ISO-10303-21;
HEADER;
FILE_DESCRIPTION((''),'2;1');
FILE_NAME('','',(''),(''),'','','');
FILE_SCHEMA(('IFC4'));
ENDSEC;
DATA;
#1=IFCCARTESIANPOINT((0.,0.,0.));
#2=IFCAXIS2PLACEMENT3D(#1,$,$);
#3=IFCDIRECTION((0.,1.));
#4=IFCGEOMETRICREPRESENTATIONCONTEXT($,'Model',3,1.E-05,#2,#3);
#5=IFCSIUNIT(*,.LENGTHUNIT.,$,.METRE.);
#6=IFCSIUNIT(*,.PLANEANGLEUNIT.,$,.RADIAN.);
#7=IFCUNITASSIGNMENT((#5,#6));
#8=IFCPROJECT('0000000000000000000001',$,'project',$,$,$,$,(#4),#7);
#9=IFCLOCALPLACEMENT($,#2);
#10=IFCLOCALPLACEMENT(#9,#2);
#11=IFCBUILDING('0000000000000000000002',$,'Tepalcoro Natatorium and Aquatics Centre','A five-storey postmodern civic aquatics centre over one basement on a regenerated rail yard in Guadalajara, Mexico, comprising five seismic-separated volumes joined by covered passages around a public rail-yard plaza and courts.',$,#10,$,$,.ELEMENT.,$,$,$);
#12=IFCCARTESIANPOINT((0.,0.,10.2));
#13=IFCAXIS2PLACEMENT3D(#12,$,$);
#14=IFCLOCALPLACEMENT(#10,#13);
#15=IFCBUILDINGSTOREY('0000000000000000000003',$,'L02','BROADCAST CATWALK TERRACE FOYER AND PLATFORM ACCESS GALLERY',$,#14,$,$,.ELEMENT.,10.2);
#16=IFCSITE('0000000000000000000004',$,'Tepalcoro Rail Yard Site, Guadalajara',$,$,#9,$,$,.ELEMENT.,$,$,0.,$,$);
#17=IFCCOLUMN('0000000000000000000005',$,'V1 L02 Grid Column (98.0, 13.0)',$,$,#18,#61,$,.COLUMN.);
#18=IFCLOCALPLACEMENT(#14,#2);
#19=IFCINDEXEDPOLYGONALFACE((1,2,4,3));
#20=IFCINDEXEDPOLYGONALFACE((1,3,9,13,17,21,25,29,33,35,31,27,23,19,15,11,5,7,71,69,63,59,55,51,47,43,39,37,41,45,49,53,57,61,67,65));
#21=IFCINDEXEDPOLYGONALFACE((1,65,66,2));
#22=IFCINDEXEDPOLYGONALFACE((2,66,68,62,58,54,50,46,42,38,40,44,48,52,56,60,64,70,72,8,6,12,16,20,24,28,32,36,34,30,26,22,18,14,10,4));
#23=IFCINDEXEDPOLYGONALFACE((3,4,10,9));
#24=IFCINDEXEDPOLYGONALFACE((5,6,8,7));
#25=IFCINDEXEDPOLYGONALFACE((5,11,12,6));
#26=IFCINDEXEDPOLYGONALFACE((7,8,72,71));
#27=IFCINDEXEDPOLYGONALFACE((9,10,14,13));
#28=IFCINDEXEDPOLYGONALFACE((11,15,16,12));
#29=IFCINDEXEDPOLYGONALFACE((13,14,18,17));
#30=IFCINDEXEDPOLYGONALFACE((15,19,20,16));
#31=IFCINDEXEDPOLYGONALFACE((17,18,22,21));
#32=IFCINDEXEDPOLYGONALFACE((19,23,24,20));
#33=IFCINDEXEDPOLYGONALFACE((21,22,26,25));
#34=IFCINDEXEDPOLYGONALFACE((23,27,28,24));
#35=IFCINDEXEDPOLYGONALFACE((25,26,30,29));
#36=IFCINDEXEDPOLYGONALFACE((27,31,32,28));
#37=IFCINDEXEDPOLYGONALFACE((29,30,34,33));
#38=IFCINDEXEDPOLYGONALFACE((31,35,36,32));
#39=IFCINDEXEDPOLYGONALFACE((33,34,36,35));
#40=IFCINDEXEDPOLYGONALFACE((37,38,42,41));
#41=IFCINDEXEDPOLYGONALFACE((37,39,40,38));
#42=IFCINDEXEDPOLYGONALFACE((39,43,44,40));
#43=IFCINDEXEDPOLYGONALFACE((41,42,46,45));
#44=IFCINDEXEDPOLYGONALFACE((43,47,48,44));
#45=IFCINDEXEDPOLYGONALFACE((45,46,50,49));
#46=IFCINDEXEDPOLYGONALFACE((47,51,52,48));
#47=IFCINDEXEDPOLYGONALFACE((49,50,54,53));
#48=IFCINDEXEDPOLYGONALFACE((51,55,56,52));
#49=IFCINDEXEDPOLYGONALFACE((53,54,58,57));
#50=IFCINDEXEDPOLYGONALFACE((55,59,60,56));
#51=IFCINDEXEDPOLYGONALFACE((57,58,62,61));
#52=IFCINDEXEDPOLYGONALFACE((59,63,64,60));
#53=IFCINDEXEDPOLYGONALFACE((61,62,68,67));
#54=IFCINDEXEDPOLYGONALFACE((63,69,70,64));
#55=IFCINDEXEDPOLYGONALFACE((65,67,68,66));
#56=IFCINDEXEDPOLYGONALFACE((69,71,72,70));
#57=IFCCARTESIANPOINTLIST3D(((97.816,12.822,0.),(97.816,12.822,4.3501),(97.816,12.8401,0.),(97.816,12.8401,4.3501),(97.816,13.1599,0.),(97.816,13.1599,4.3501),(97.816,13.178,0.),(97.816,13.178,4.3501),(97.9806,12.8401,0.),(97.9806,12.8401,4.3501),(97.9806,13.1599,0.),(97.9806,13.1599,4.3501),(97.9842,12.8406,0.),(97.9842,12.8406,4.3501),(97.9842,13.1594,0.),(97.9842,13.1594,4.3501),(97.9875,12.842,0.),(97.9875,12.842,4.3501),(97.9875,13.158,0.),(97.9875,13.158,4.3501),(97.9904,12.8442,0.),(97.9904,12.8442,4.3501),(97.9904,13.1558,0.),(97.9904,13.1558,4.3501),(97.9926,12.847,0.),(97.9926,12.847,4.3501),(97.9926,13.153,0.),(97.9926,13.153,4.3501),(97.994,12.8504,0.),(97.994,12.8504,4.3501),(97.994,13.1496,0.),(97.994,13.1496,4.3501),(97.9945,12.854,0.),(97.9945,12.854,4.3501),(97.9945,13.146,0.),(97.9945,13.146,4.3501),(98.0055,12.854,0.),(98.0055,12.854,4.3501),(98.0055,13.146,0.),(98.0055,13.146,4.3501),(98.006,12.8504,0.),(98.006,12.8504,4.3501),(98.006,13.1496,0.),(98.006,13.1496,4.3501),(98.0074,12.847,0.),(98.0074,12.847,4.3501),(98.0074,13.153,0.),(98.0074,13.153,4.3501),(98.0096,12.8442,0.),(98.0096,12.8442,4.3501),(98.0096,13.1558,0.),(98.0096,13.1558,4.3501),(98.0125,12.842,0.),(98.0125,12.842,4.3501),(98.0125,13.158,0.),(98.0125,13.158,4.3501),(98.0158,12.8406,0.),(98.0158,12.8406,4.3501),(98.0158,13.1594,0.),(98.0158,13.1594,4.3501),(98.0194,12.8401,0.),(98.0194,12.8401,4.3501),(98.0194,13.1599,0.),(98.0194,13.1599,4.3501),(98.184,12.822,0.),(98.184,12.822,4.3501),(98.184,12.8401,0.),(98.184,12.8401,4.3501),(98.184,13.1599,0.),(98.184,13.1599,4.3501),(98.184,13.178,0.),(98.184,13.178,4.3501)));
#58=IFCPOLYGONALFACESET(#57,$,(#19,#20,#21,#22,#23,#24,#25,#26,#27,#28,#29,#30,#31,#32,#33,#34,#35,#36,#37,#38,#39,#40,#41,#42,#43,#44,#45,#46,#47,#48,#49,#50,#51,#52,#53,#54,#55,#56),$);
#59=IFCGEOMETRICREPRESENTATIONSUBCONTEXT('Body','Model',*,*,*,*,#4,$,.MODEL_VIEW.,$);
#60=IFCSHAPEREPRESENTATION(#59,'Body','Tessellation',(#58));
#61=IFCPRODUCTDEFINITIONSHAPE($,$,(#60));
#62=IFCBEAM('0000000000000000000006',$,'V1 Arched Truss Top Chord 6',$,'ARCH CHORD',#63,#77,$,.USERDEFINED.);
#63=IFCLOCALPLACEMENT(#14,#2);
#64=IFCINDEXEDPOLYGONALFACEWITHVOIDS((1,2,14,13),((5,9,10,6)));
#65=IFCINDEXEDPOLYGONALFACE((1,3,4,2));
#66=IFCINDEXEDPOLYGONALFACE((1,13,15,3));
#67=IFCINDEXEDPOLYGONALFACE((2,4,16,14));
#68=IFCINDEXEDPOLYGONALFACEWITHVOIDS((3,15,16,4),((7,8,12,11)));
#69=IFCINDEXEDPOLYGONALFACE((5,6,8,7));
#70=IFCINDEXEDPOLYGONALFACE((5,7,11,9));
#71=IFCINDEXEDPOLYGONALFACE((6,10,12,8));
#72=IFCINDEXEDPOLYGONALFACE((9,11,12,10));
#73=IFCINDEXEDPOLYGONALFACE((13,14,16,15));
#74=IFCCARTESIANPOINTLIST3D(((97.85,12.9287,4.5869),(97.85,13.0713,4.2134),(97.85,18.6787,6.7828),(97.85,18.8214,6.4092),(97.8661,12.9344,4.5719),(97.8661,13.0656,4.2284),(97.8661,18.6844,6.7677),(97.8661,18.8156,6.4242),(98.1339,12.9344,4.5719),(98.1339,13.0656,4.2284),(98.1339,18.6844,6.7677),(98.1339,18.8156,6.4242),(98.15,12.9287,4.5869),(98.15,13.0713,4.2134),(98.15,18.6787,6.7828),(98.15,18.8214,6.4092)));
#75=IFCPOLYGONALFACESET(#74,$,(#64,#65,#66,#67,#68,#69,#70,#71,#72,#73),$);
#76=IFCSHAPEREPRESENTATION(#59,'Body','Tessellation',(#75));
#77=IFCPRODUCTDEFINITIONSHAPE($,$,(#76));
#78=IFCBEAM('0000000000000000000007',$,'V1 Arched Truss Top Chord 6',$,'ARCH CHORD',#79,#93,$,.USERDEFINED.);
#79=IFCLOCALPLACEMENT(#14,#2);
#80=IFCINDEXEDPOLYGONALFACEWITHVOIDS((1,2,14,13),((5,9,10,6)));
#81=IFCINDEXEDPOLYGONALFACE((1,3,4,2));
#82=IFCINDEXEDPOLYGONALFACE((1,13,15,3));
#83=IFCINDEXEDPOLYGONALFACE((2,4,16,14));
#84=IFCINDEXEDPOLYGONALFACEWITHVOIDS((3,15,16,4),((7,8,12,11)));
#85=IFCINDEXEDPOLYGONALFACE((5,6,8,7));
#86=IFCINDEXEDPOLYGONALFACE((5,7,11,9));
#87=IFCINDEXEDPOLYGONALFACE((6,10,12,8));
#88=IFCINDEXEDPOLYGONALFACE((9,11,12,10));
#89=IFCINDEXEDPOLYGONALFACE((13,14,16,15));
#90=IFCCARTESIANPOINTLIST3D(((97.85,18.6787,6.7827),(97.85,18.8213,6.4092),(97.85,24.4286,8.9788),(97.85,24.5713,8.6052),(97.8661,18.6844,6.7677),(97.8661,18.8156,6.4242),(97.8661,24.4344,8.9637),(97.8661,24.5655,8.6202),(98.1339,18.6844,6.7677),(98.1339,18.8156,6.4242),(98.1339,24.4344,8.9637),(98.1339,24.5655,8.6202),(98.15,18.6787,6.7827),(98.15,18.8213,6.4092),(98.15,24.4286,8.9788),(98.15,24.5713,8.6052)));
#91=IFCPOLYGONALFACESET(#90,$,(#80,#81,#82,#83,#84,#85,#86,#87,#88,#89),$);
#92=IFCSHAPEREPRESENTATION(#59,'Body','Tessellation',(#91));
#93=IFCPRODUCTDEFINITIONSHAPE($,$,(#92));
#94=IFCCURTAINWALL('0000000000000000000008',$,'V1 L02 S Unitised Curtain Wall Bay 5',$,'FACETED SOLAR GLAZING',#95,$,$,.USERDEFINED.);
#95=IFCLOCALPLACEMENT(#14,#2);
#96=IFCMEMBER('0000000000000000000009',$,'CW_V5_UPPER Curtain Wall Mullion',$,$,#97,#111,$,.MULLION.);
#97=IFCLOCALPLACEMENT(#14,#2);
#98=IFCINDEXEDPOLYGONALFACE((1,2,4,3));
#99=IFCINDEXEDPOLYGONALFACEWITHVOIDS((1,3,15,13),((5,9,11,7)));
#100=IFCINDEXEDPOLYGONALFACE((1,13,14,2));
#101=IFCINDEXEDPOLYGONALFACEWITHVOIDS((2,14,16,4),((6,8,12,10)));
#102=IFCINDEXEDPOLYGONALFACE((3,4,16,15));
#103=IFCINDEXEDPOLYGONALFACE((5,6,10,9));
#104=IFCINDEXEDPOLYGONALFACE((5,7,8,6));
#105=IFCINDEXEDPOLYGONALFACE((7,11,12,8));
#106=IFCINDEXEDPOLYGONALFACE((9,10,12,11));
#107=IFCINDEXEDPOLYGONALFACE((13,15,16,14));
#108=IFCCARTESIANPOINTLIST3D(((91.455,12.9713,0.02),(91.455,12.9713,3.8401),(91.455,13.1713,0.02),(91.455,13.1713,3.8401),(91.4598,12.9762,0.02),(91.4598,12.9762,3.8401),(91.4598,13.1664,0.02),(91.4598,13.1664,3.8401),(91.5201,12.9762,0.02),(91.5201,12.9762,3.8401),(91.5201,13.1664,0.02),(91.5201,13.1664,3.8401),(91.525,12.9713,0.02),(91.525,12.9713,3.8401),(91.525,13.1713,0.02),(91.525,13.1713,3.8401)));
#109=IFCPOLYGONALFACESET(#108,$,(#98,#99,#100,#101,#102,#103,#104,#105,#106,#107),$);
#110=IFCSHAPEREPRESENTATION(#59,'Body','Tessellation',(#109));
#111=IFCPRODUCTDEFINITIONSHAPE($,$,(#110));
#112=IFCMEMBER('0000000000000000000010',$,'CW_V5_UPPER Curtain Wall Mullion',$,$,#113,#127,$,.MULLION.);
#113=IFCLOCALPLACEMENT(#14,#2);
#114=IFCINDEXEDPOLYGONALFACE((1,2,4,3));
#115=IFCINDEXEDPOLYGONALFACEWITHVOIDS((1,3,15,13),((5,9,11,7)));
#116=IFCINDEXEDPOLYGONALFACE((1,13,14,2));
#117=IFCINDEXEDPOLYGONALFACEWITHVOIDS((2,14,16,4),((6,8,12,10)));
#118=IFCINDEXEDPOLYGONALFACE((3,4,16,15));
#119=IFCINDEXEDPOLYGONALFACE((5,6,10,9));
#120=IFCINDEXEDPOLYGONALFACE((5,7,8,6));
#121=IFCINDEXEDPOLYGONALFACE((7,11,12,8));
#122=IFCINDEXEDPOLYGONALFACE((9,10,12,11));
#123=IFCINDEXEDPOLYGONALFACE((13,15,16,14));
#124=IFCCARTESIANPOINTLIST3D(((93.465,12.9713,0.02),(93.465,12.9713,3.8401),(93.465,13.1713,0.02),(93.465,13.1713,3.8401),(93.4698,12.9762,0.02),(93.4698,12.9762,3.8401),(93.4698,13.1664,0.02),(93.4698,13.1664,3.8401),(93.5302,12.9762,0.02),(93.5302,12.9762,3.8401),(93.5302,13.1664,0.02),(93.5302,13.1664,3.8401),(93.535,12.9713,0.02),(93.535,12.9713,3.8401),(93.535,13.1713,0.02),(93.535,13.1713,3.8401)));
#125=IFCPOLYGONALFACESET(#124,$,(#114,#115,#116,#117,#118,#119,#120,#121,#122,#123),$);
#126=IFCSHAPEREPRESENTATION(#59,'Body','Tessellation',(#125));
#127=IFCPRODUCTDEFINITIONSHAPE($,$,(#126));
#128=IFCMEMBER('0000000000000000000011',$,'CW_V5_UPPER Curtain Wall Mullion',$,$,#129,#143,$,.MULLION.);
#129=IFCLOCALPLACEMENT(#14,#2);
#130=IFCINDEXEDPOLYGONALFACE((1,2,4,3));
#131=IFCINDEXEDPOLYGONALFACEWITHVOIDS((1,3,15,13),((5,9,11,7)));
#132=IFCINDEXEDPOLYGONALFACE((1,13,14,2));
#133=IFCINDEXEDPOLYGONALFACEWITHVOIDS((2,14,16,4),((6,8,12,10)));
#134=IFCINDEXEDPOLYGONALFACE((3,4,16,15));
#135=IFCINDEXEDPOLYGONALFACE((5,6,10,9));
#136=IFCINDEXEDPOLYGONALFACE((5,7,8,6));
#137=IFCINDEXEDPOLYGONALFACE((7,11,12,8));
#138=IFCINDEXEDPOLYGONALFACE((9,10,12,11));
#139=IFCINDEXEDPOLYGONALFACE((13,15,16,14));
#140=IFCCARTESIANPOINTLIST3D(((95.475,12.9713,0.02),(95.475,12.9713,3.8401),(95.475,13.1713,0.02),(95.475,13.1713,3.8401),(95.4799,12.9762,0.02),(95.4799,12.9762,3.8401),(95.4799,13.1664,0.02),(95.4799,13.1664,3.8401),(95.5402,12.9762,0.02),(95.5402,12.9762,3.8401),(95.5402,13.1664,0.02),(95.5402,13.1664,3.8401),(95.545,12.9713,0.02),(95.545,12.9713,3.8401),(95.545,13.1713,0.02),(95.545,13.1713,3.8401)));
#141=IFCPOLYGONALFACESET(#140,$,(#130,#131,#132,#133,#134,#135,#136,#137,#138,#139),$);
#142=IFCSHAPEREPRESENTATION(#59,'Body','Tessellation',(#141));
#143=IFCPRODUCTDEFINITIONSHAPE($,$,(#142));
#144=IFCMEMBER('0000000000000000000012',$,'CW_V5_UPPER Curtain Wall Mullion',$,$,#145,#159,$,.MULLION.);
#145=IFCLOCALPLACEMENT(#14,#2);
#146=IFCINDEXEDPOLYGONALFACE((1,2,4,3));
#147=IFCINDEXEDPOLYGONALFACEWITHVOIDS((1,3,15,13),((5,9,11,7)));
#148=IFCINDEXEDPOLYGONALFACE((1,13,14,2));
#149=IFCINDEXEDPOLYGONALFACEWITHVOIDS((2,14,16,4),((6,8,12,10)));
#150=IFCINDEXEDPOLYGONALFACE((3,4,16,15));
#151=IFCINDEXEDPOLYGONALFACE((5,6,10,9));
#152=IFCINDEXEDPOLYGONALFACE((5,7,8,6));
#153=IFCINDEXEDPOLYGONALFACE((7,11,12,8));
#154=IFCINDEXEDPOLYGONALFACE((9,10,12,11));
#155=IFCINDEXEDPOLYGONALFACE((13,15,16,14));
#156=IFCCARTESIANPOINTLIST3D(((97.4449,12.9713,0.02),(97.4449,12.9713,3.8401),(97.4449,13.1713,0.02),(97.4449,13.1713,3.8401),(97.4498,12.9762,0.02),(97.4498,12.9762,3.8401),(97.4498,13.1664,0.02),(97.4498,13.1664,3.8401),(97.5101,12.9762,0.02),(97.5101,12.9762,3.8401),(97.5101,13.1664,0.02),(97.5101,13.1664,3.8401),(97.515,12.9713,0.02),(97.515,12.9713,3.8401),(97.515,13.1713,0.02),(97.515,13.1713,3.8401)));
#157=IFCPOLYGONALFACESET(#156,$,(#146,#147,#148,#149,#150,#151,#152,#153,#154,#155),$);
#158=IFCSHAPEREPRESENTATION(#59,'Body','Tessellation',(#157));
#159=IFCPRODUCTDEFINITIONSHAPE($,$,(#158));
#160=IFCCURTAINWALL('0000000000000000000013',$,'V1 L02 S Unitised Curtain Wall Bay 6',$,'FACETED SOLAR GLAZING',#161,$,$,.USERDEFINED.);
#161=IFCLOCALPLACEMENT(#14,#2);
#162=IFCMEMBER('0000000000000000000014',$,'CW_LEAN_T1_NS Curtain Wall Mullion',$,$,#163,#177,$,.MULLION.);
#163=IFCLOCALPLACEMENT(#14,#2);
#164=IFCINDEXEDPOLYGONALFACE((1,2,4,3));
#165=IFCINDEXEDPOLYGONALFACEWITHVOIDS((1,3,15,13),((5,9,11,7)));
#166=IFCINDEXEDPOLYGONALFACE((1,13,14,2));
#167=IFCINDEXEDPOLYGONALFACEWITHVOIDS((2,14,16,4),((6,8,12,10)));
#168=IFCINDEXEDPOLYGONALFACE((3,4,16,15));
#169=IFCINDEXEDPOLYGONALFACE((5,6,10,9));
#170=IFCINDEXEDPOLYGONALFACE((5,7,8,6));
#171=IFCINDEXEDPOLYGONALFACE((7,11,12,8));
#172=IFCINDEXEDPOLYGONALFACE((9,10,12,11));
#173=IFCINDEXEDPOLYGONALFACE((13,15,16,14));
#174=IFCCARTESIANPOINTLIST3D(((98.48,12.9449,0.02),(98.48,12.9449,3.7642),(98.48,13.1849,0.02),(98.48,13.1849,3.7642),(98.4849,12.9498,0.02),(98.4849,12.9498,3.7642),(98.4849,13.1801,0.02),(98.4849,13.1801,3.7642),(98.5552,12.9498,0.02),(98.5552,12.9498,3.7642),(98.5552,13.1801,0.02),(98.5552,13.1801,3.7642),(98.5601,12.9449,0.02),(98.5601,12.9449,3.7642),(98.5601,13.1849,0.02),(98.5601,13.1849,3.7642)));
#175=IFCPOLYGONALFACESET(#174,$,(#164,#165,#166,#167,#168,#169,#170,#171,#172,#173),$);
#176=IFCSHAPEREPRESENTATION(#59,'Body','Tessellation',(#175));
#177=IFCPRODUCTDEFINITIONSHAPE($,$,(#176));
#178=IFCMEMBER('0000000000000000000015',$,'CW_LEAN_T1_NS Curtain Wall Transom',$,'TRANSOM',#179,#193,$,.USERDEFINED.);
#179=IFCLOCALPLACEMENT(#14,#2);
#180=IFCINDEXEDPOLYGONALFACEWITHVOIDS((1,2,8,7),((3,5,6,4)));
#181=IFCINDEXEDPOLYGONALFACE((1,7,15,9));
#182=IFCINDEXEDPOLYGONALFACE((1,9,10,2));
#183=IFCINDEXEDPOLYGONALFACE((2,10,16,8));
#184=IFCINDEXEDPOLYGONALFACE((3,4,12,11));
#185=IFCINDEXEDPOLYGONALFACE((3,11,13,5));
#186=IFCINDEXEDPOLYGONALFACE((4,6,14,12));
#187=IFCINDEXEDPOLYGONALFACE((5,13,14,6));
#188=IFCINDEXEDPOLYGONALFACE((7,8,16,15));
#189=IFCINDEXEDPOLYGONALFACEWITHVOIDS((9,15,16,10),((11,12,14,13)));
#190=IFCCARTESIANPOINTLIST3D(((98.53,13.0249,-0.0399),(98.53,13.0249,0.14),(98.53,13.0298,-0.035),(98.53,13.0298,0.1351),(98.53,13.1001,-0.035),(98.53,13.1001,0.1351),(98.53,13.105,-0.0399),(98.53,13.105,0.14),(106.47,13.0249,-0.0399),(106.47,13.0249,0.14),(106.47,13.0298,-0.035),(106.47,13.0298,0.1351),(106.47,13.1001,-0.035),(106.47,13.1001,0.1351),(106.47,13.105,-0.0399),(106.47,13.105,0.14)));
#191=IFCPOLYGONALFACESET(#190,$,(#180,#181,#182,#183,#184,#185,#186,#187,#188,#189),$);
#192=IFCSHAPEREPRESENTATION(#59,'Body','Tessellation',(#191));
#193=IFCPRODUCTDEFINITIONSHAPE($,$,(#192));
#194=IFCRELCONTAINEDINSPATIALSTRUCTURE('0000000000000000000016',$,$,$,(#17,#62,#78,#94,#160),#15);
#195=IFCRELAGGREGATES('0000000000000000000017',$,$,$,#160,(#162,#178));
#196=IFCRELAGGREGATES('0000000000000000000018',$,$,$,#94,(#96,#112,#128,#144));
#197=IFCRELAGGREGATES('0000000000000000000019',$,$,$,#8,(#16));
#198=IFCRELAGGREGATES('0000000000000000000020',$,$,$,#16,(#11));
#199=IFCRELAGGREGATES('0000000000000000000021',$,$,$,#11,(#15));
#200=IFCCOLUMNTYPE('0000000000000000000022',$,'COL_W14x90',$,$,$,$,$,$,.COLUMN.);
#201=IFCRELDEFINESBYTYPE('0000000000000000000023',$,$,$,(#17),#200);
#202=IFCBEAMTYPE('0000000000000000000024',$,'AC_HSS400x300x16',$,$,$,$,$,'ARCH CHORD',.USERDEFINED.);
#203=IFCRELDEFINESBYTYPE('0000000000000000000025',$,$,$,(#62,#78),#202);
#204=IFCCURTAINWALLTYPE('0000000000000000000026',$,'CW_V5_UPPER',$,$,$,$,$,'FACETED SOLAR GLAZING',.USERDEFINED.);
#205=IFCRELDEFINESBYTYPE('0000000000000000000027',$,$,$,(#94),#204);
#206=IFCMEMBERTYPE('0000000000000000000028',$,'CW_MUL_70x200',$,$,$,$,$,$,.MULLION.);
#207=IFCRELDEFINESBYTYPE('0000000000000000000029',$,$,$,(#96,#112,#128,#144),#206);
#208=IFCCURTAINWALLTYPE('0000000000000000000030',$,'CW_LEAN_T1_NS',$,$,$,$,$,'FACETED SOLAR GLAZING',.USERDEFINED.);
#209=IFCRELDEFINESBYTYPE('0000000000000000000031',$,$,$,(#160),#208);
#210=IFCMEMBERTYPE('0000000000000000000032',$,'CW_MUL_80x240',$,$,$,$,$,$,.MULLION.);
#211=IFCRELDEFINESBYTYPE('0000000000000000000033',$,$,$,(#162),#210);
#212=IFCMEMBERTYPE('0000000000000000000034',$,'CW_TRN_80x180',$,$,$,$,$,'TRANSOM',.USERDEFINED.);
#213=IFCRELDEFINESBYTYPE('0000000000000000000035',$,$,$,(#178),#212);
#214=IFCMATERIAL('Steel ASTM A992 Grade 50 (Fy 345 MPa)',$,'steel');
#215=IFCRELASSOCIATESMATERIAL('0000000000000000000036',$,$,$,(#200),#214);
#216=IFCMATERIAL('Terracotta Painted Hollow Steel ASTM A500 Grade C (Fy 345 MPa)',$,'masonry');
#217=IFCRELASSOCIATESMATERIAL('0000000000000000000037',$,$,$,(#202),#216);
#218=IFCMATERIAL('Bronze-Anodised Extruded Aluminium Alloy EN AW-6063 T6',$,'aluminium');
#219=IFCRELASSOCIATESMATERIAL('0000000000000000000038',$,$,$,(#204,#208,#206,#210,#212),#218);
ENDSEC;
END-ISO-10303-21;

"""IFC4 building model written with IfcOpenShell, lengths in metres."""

from ifc_helpers import new_model, si_unit, direction, frame, origin, origin_2d, place, context, subcontext, project, spatial, hollow_rectangle, i_section, extrude, material, material_profile, profile_set, type_object, element, aggregate, save


model = new_model("IFC4")

# Units and contexts
model_context = context("Model", 3, precision=1e-05, world=origin(), true_north=direction((0.0, 1.0)))
body_context = subcontext(model_context, "Body", "Model", "MODEL_VIEW")
ifc_project = project(units=[si_unit("LENGTHUNIT", "METRE"), si_unit("PLANEANGLEUNIT", "RADIAN")], contexts=[model_context])

# Site, building, storey
site_placement = place(None, origin())
site = spatial("IfcSite", under=ifc_project, at=site_placement, Name="Tepalcoro Rail Yard Site, Guadalajara", CompositionType="ELEMENT", RefElevation=0.0)
building_placement = place(site_placement, origin())
building = spatial("IfcBuilding", under=site, at=building_placement, Name="Tepalcoro Natatorium and Aquatics Centre", Description="A five-storey postmodern civic aquatics centre over one basement on a regenerated rail yard in Guadalajara, Mexico, comprising five seismic-separated volumes joined by covered passages around a public rail-yard plaza and courts.", CompositionType="ELEMENT")
storey_placement = place(building_placement, frame((0.0, 0.0, 10.2)))
storey = spatial("IfcBuildingStorey", under=building, at=storey_placement, Name="L02", Description="BROADCAST CATWALK TERRACE FOYER AND PLATFORM ACCESS GALLERY", CompositionType="ELEMENT", Elevation=10.2)

# Column
ifc_material_1 = material(Name="Steel ASTM A992 Grade 50 (Fy 345 MPa)", Category="steel")
ifc_material_profile_1 = material_profile(ifc_material_1, i_section(OverallWidth=0.3679, OverallDepth=0.356, WebThickness=0.011, FlangeThickness=0.0181, FilletRadius=0.0139, at=origin_2d()), Name="W14X90")
ifc_profile_set_1 = profile_set([ifc_material_profile_1], Name="Steel ASTM A992 Grade 50 (Fy 345 MPa)")
column_type = type_object("IfcColumnType", Name="COL_W14x90", PredefinedType="COLUMN", material=ifc_profile_set_1)
column_placement = place(storey_placement, frame((98.0, 13.0, 0.0), z_axis=(0.0, 0.0, 1.0), x_axis=(1.0, 0.0, 0.0)))
element("IfcColumn", 1, at=column_placement, inside=storey, type_object=column_type, Name="V1 L02 Grid Column (98.0, 13.0)", PredefinedType="COLUMN", context=body_context, shape_type="SweptSolid", body=[
    extrude(i_section(OverallWidth=0.3679, OverallDepth=0.356, WebThickness=0.011, FlangeThickness=0.0181, FilletRadius=0.0139, at=origin_2d()), origin(), (0.0, 0.0, 1.0), 4.3501),
])

# Beams
ifc_material_2 = material(Name="Terracotta Painted Hollow Steel ASTM A500 Grade C (Fy 345 MPa)", Category="masonry")
ifc_material_profile_2 = material_profile(ifc_material_2, hollow_rectangle(XDim=0.3, YDim=0.3999, WallThickness=0.0161, at=origin_2d()), Name="HSS400X300X16")
ifc_profile_set_2 = profile_set([ifc_material_profile_2], Name="Terracotta Painted Hollow Steel ASTM A500 Grade C (Fy 345 MPa)")
beam_type_1 = type_object("IfcBeamType", Name="AC_HSS400x300x16", ElementType="ARCH CHORD", PredefinedType="USERDEFINED", material=ifc_profile_set_2)
for number, where, z_axis, x_axis, name in (
    (2, (98.0, 13.0, 4.4001), (0.0, 0.9342, 0.356751), (-1.0, 0.0, 0.0), "V1 Arched Truss Top Chord 6"),
    (3, (98.0, 18.75, 6.5959), (0.0, 0.934186, 0.356785), (-1.0, 0.0, 0.0), "V1 Arched Truss Top Chord 6"),
):
    element("IfcBeam", number, at=place(storey_placement, frame(where, z_axis=z_axis, x_axis=x_axis)), inside=storey, type_object=beam_type_1, Name=name, ObjectType="ARCH CHORD", PredefinedType="USERDEFINED", context=body_context, shape_type="SweptSolid", body=[
        extrude(hollow_rectangle(XDim=0.3, YDim=0.3999, WallThickness=0.0161, at=origin_2d()), origin(), (0.0, 0.0, 1.0), 6.155),
    ])

# Curtain walls, members
ifc_material_3 = material(Name="Bronze-Anodised Extruded Aluminium Alloy EN AW-6063 T6", Category="aluminium")
curtain_wall_type_1 = type_object("IfcCurtainWallType", Name="CW_V5_UPPER", ElementType="FACETED SOLAR GLAZING", PredefinedType="USERDEFINED", material=ifc_material_3)
curtain_wall_1_placement = place(storey_placement, origin())
curtain_wall_1 = element("IfcCurtainWall", 4, at=curtain_wall_1_placement, inside=storey, type_object=curtain_wall_type_1, Name="V1 L02 S Unitised Curtain Wall Bay 5", ObjectType="FACETED SOLAR GLAZING", PredefinedType="USERDEFINED")
ifc_material_profile_3 = material_profile(ifc_material_3, hollow_rectangle(XDim=0.0701, YDim=0.2, WallThickness=0.0049, at=origin_2d()), Name="AL70X200X5")
ifc_profile_set_3 = profile_set([ifc_material_profile_3], Name="Bronze-Anodised Extruded Aluminium Alloy EN AW-6063 T6")
member_type_1 = type_object("IfcMemberType", Name="CW_MUL_70x200", PredefinedType="MULLION", material=ifc_profile_set_3)
member_1_placement = place(storey_placement, frame((91.49, 13.0713, 0.02), z_axis=(0.0, 0.0, 1.0), x_axis=(1.0, 0.0, 0.0)))
member_1 = element("IfcMember", 5, at=member_1_placement, type_object=member_type_1, Name="CW_V5_UPPER Curtain Wall Mullion", PredefinedType="MULLION", context=body_context, shape_type="SweptSolid", body=[
    extrude(hollow_rectangle(XDim=0.0701, YDim=0.2, WallThickness=0.0049, at=origin_2d()), origin(), (0.0, 0.0, 1.0), 3.8201),
])
member_2_placement = place(storey_placement, frame((93.5, 13.0713, 0.02), z_axis=(0.0, 0.0, 1.0), x_axis=(1.0, 0.0, 0.0)))
member_2 = element("IfcMember", 6, at=member_2_placement, type_object=member_type_1, Name="CW_V5_UPPER Curtain Wall Mullion", PredefinedType="MULLION", context=body_context, shape_type="SweptSolid", body=[
    extrude(hollow_rectangle(XDim=0.0701, YDim=0.2, WallThickness=0.0049, at=origin_2d()), origin(), (0.0, 0.0, 1.0), 3.8201),
])
member_3_placement = place(storey_placement, frame((95.51, 13.0713, 0.02), z_axis=(0.0, 0.0, 1.0), x_axis=(1.0, 0.0, 0.0)))
member_3 = element("IfcMember", 7, at=member_3_placement, type_object=member_type_1, Name="CW_V5_UPPER Curtain Wall Mullion", PredefinedType="MULLION", context=body_context, shape_type="SweptSolid", body=[
    extrude(hollow_rectangle(XDim=0.0701, YDim=0.2, WallThickness=0.0049, at=origin_2d()), origin(), (0.0, 0.0, 1.0), 3.8201),
])
member_4_placement = place(storey_placement, frame((97.48, 13.0713, 0.02), z_axis=(0.0, 0.0, 1.0), x_axis=(1.0, 0.0, 0.0)))
member_4 = element("IfcMember", 8, at=member_4_placement, type_object=member_type_1, Name="CW_V5_UPPER Curtain Wall Mullion", PredefinedType="MULLION", context=body_context, shape_type="SweptSolid", body=[
    extrude(hollow_rectangle(XDim=0.0701, YDim=0.2, WallThickness=0.0049, at=origin_2d()), origin(), (0.0, 0.0, 1.0), 3.8201),
])
curtain_wall_type_2 = type_object("IfcCurtainWallType", Name="CW_LEAN_T1_NS", ElementType="FACETED SOLAR GLAZING", PredefinedType="USERDEFINED", material=ifc_material_3)
curtain_wall_2_placement = place(storey_placement, origin())
curtain_wall_2 = element("IfcCurtainWall", 9, at=curtain_wall_2_placement, inside=storey, type_object=curtain_wall_type_2, Name="V1 L02 S Unitised Curtain Wall Bay 6", ObjectType="FACETED SOLAR GLAZING", PredefinedType="USERDEFINED")
ifc_material_profile_4 = material_profile(ifc_material_3, hollow_rectangle(XDim=0.0801, YDim=0.24, WallThickness=0.0049, at=origin_2d()), Name="AL80X240X5")
ifc_profile_set_4 = profile_set([ifc_material_profile_4], Name="Bronze-Anodised Extruded Aluminium Alloy EN AW-6063 T6")
member_type_2 = type_object("IfcMemberType", Name="CW_MUL_80x240", PredefinedType="MULLION", material=ifc_profile_set_4)
member_5_placement = place(storey_placement, frame((98.52, 13.0649, 0.02), z_axis=(0.0, 0.0, 1.0), x_axis=(1.0, 0.0, 0.0)))
member_5 = element("IfcMember", 10, at=member_5_placement, type_object=member_type_2, Name="CW_LEAN_T1_NS Curtain Wall Mullion", PredefinedType="MULLION", context=body_context, shape_type="SweptSolid", body=[
    extrude(hollow_rectangle(XDim=0.0801, YDim=0.24, WallThickness=0.0049, at=origin_2d()), origin(), (0.0, 0.0, 1.0), 3.7441),
])
ifc_material_profile_5 = material_profile(ifc_material_3, hollow_rectangle(XDim=0.0801, YDim=0.1799, WallThickness=0.0049, at=origin_2d()), Name="AL80X180X5")
ifc_profile_set_5 = profile_set([ifc_material_profile_5], Name="Bronze-Anodised Extruded Aluminium Alloy EN AW-6063 T6")
member_type_3 = type_object("IfcMemberType", Name="CW_TRN_80x180", ElementType="TRANSOM", PredefinedType="USERDEFINED", material=ifc_profile_set_5)
member_6_placement = place(storey_placement, frame((98.53, 13.0649, 0.05), z_axis=(1.0, 0.0, 0.0), x_axis=(0.0, 1.0, 0.0)))
member_6 = element("IfcMember", 11, at=member_6_placement, type_object=member_type_3, Name="CW_LEAN_T1_NS Curtain Wall Transom", ObjectType="TRANSOM", PredefinedType="USERDEFINED", context=body_context, shape_type="SweptSolid", body=[
    extrude(hollow_rectangle(XDim=0.0801, YDim=0.1799, WallThickness=0.0049, at=origin_2d()), origin(), (0.0, 0.0, 1.0), 7.9399),
])
aggregate(curtain_wall_2, [member_5, member_6])

aggregate(curtain_wall_1, [member_1, member_2, member_3, member_4])

save(model, "model.ifc")
